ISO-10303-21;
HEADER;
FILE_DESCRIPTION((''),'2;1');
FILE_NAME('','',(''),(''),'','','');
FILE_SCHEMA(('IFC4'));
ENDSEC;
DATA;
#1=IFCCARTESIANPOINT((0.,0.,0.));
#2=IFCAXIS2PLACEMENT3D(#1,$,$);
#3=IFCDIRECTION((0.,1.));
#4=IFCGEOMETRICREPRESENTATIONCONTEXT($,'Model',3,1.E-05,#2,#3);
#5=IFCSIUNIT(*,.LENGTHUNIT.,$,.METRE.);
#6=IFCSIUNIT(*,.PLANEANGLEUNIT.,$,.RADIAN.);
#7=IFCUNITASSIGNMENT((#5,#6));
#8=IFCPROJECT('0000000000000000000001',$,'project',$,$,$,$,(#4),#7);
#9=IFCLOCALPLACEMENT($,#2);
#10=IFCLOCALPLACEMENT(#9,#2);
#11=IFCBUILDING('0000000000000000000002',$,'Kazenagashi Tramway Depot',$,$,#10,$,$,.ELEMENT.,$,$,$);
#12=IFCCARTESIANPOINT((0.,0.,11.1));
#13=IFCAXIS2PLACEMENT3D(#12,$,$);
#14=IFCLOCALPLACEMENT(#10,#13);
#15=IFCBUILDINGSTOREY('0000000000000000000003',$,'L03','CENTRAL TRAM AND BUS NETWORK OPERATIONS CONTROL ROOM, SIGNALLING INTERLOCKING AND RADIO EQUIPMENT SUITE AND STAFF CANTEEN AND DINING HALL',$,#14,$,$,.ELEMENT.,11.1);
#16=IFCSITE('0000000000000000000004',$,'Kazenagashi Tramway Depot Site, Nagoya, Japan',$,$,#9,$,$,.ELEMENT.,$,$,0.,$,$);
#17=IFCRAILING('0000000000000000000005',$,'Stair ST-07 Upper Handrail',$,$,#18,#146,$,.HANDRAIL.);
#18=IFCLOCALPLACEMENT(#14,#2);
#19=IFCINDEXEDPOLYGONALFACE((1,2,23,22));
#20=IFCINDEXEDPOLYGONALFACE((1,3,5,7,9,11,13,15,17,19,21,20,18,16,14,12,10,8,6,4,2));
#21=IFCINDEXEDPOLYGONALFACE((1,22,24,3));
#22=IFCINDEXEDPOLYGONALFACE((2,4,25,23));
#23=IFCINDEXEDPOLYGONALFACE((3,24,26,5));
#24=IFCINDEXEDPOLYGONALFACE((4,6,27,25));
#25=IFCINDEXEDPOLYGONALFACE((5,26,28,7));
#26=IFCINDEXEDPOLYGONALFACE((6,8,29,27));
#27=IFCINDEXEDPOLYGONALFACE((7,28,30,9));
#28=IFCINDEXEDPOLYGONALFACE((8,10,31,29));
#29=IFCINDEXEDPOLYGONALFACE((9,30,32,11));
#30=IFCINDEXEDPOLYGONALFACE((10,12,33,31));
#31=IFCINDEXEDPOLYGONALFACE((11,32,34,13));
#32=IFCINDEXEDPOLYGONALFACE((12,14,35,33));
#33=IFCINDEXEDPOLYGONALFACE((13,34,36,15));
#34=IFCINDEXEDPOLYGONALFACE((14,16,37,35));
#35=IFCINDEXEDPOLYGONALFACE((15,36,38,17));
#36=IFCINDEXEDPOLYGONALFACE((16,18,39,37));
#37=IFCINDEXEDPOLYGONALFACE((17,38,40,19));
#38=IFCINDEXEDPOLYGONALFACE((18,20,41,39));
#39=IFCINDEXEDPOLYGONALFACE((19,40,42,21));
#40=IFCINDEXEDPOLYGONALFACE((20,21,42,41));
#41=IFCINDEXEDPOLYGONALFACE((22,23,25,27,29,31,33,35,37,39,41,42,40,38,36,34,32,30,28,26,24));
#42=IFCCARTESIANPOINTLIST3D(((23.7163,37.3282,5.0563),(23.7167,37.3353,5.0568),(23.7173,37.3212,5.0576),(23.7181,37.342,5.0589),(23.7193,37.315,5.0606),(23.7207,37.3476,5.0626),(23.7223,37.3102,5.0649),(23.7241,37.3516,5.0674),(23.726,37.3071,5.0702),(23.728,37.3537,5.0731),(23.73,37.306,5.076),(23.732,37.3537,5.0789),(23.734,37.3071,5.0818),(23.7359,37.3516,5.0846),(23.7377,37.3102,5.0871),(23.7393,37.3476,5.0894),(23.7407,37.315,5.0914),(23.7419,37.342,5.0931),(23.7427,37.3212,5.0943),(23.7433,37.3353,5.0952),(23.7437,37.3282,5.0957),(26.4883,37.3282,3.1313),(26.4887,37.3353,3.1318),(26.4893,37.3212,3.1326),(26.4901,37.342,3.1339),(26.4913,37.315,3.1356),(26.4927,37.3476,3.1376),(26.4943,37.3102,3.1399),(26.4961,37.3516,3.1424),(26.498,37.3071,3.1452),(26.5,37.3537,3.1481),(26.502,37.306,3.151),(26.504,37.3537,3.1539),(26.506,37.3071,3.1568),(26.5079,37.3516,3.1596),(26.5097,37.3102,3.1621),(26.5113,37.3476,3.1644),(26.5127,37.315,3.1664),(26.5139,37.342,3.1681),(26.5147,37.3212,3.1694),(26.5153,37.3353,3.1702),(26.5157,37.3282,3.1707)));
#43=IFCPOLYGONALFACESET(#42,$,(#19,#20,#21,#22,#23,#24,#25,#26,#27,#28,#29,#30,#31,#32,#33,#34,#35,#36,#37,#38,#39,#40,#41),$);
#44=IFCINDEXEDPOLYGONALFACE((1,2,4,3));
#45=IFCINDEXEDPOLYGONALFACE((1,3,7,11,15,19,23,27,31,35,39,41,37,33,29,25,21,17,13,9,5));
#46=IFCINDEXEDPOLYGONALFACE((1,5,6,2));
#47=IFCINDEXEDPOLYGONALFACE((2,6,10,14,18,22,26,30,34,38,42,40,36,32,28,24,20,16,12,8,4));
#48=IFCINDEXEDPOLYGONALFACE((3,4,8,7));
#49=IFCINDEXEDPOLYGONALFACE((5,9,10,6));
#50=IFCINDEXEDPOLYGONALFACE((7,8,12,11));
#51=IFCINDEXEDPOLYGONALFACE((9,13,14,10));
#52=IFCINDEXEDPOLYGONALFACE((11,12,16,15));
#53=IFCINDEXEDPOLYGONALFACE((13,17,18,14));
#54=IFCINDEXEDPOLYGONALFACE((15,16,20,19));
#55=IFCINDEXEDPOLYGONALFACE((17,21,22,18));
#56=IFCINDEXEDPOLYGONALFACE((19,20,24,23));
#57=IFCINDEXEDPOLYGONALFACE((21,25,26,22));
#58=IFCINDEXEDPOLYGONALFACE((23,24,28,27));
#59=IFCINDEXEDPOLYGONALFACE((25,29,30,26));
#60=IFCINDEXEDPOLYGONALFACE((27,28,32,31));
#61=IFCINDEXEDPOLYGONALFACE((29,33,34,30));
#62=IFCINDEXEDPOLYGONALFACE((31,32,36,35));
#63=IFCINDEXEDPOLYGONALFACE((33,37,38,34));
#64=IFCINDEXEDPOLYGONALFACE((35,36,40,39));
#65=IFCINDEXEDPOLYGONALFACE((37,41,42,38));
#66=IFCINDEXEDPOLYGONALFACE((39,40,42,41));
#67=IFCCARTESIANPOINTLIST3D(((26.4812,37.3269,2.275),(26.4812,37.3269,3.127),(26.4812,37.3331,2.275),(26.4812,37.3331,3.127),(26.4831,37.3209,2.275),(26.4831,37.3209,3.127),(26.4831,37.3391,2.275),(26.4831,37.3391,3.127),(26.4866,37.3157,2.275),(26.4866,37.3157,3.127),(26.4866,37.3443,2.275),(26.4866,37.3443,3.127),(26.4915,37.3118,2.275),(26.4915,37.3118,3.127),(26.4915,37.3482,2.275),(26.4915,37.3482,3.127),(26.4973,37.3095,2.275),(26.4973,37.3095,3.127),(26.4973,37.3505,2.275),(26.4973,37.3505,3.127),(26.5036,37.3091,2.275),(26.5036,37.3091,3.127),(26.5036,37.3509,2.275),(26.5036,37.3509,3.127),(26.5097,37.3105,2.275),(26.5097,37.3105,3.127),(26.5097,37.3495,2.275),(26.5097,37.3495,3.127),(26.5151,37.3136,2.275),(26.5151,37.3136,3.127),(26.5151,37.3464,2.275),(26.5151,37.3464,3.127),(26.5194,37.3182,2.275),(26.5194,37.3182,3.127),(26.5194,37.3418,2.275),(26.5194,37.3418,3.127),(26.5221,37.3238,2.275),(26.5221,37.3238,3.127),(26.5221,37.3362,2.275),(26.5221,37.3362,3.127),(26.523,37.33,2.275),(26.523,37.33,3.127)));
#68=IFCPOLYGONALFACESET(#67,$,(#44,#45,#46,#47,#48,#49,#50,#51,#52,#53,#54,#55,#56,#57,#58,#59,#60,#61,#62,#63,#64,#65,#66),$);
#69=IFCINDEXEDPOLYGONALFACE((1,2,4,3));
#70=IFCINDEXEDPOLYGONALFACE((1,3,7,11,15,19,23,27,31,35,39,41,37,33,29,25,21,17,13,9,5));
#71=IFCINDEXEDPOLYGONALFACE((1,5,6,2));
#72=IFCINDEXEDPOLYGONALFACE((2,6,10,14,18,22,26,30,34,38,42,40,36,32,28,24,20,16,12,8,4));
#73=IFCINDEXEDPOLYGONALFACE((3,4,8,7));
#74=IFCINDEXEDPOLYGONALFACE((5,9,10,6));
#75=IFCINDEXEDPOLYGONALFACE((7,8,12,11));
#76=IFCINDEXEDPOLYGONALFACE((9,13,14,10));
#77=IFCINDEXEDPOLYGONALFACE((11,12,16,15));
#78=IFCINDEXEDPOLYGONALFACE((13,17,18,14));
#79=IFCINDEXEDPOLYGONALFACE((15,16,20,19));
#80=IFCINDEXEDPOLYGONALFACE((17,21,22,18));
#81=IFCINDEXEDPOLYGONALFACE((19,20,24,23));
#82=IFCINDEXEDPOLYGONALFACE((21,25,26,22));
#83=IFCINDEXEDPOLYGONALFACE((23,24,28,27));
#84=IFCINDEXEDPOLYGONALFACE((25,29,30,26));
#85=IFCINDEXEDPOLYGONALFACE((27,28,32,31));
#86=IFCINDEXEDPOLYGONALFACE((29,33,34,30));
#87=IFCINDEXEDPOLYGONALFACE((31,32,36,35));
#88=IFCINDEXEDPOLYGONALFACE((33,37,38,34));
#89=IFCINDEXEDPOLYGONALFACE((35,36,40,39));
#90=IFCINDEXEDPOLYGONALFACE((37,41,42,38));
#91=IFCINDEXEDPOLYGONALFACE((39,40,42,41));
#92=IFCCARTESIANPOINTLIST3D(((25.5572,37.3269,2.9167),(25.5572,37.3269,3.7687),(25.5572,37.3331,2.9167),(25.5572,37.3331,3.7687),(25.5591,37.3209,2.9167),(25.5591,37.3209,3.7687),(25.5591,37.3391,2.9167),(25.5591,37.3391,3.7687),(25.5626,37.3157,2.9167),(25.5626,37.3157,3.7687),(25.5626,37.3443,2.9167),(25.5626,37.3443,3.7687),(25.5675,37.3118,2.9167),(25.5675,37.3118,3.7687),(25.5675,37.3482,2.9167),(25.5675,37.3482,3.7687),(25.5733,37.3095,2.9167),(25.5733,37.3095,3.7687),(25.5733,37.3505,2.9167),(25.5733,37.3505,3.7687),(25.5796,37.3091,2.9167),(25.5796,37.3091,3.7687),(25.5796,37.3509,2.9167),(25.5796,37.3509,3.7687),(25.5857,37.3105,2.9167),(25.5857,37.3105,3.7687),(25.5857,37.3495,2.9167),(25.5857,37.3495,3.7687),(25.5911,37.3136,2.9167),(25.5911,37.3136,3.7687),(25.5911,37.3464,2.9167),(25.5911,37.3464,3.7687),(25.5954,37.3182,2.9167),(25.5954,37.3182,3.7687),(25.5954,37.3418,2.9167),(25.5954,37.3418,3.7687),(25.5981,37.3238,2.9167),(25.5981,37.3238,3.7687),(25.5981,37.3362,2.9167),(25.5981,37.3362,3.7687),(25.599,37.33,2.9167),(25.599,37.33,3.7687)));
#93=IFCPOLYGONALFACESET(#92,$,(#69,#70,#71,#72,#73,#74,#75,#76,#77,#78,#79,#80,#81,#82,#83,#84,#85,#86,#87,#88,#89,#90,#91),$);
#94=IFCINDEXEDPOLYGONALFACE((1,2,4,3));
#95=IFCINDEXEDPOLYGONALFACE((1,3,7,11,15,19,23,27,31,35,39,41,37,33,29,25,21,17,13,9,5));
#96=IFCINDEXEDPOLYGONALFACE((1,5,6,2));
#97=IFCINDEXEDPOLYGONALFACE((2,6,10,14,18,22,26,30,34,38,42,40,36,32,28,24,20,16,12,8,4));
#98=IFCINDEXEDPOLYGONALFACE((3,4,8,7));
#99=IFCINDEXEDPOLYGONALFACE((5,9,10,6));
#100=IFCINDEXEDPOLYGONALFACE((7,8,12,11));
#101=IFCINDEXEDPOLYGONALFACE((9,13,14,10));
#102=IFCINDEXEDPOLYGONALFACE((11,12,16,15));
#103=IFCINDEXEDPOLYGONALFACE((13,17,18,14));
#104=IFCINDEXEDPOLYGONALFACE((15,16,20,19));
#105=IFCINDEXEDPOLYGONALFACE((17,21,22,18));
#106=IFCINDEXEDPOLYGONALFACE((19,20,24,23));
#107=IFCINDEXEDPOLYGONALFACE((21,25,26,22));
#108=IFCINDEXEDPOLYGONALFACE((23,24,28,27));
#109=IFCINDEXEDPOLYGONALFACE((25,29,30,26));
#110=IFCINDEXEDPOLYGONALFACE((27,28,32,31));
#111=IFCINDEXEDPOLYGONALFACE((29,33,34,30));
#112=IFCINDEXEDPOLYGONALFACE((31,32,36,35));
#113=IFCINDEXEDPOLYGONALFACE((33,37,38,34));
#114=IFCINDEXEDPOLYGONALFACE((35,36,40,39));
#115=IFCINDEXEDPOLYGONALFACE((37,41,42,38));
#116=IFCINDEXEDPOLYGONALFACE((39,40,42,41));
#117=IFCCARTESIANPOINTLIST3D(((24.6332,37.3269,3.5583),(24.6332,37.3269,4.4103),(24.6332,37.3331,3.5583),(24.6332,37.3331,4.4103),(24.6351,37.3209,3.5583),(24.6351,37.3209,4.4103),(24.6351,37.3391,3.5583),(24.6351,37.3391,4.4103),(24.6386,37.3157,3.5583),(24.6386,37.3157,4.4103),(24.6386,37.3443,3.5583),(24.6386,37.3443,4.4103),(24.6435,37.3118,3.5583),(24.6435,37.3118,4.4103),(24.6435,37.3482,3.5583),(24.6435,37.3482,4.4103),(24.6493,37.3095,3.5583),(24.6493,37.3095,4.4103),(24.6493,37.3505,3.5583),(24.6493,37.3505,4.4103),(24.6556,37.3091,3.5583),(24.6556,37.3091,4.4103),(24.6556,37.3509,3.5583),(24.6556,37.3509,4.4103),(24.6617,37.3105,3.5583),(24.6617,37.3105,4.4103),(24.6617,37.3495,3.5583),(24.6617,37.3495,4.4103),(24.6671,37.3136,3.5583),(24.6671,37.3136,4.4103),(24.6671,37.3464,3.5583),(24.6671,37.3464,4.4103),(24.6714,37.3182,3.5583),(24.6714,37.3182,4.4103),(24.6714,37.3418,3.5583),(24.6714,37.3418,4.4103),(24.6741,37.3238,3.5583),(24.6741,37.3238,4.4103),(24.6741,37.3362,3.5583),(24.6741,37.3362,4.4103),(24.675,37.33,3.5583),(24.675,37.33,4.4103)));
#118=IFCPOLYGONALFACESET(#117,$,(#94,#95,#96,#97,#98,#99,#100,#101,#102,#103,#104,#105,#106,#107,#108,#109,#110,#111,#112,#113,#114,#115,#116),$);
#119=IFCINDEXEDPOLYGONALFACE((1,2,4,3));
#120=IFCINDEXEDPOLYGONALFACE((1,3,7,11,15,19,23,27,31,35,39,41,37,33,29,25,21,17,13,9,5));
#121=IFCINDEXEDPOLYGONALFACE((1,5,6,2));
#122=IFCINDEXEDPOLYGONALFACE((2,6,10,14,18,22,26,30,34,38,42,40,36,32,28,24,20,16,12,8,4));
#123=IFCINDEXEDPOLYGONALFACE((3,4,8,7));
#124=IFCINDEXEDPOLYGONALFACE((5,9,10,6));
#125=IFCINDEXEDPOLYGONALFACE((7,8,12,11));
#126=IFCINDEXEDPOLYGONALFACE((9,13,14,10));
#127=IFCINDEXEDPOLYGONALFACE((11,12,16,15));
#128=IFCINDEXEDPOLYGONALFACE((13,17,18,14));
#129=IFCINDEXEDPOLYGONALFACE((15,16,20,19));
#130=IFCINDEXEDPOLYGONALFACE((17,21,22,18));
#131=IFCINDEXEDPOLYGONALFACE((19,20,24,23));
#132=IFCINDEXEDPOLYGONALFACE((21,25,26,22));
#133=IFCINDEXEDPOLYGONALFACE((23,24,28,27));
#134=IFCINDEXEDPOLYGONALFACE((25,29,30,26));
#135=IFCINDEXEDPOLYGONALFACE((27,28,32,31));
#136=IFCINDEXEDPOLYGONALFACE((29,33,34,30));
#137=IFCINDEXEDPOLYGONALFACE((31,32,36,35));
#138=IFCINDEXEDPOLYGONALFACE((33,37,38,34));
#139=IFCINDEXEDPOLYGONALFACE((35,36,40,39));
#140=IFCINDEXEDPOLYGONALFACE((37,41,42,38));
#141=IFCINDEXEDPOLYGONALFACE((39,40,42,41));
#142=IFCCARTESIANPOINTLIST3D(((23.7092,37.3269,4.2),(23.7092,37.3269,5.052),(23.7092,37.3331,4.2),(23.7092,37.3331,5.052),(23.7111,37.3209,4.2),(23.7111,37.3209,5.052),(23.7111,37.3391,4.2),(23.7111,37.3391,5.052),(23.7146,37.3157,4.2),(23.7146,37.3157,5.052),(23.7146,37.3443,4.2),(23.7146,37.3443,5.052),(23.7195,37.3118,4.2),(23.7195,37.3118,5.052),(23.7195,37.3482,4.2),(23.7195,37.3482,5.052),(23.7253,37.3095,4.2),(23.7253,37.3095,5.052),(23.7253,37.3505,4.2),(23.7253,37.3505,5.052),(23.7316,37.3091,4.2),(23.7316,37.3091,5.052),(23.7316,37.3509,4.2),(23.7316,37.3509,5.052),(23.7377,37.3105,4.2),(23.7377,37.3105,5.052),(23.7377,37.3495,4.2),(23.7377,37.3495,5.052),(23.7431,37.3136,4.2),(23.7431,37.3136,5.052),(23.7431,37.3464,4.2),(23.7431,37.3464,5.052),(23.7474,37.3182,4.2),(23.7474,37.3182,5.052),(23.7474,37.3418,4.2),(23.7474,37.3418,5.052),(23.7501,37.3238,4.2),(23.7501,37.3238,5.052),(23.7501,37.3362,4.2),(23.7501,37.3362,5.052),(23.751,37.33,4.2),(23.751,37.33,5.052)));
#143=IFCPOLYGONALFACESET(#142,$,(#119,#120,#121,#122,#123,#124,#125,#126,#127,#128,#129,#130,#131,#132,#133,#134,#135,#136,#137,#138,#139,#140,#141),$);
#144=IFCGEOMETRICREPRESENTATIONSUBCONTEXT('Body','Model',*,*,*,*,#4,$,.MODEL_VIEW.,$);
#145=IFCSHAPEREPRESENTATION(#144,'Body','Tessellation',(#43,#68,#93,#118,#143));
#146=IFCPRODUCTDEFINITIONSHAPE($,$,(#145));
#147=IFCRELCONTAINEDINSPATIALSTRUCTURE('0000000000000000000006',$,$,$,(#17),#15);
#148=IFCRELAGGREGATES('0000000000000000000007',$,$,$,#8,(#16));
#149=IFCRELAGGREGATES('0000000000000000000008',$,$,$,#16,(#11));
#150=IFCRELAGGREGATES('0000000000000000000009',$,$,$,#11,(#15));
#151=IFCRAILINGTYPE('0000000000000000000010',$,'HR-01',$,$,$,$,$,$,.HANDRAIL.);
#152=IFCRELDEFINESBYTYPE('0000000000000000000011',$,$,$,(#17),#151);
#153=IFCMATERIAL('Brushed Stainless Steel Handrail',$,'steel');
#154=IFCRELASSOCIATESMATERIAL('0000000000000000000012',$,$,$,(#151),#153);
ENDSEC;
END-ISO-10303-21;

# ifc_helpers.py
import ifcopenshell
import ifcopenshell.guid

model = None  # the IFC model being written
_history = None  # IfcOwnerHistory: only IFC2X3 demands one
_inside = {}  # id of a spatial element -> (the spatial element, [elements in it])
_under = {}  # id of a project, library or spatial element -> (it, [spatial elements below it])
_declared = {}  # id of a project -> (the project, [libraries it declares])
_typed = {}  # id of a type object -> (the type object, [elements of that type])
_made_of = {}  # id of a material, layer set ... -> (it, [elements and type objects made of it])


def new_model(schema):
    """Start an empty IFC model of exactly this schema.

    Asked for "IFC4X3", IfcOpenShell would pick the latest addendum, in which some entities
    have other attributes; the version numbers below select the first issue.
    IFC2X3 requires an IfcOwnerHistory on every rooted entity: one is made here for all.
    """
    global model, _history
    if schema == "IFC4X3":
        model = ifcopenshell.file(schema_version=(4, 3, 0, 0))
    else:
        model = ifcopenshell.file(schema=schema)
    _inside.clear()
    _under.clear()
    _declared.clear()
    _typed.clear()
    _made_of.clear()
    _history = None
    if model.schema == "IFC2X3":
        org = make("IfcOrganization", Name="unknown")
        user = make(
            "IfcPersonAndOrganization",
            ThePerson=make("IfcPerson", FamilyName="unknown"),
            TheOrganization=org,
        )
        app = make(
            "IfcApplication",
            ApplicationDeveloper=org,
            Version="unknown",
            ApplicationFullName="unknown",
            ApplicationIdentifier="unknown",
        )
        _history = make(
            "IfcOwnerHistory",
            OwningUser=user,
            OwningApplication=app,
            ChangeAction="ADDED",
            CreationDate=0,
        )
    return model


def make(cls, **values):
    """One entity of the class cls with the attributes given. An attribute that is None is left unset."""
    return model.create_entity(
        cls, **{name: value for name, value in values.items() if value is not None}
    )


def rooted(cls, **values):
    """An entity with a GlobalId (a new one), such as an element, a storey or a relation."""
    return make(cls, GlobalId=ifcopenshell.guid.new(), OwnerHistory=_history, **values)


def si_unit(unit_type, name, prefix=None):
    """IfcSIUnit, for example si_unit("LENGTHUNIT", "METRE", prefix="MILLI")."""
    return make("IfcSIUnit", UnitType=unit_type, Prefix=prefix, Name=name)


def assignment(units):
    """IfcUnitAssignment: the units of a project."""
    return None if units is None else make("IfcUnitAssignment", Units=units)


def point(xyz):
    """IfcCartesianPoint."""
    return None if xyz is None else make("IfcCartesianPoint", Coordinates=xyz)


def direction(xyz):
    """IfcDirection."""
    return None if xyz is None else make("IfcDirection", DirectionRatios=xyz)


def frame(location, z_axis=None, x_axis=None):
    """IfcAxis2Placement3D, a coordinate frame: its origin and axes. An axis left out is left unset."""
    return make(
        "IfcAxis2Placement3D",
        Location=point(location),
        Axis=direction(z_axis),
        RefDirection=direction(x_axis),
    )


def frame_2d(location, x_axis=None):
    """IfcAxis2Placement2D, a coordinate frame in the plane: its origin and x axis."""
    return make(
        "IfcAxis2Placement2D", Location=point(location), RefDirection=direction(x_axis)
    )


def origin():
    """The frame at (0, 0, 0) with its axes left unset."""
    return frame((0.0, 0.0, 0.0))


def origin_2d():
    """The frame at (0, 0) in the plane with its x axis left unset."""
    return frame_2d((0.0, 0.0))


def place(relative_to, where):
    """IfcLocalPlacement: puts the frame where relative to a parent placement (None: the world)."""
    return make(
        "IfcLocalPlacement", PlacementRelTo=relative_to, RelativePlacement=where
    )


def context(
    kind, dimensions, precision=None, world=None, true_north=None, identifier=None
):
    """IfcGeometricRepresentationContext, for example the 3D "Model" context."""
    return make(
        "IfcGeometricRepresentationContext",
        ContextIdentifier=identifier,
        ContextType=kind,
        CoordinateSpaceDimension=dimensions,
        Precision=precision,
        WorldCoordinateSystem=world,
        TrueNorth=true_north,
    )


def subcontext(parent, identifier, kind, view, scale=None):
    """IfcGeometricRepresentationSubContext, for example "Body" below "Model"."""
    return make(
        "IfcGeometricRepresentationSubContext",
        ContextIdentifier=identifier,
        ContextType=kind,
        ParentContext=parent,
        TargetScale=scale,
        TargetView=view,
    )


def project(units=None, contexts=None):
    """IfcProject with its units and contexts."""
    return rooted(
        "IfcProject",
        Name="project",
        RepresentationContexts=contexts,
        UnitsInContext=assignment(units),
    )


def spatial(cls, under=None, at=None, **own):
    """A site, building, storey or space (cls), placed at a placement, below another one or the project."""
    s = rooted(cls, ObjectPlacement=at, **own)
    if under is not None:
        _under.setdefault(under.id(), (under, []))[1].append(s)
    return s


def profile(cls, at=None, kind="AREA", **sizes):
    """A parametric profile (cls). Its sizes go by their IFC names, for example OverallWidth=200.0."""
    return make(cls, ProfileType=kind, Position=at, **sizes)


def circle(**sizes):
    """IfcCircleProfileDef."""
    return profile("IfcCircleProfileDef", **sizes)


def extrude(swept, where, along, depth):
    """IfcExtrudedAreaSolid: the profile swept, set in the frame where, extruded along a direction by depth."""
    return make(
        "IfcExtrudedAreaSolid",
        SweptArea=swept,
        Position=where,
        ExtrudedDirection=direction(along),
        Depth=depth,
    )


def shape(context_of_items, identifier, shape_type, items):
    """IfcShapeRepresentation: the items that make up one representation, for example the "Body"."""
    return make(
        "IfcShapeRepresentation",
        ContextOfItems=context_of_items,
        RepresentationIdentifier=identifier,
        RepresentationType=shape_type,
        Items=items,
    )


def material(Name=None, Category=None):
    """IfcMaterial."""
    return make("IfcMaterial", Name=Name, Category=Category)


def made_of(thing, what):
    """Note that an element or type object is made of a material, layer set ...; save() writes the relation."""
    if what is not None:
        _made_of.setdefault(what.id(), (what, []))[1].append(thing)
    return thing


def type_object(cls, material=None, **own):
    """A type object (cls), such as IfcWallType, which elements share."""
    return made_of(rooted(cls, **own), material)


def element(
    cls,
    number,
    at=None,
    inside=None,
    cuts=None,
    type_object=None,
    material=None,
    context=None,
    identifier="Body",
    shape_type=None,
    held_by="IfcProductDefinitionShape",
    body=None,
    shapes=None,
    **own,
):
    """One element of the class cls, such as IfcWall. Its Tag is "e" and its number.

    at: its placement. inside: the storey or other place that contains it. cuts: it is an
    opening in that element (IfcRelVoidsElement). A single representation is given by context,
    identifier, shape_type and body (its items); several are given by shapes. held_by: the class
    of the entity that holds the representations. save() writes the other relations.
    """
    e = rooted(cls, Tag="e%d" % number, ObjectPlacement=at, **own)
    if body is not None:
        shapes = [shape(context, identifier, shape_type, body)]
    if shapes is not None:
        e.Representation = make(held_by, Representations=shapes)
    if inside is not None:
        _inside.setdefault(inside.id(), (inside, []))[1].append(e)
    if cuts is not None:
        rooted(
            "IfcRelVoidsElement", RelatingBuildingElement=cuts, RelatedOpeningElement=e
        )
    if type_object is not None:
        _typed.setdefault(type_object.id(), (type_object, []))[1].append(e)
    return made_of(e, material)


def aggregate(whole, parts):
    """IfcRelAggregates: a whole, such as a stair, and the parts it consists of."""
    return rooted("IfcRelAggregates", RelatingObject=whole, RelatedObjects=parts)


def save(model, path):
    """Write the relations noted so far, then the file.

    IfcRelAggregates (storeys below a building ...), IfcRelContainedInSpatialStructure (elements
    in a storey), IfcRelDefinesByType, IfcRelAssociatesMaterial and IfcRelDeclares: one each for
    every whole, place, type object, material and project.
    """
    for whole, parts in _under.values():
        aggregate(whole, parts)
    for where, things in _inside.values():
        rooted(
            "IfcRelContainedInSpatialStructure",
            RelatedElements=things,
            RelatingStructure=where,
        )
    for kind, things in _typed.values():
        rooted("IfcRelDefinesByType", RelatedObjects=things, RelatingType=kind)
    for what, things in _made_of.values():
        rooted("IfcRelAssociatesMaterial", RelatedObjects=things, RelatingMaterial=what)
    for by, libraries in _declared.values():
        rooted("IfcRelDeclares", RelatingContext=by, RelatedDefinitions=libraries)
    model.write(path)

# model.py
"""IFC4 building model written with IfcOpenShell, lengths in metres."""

from ifc_helpers import new_model, si_unit, direction, frame, origin, origin_2d, place, context, subcontext, project, spatial, circle, extrude, material, type_object, element, save


model = new_model("IFC4")

# Units and contexts
model_context = context("Model", 3, precision=1e-05, world=origin(), true_north=direction((0.0, 1.0)))
body_context = subcontext(model_context, "Body", "Model", "MODEL_VIEW")
ifc_project = project(units=[si_unit("LENGTHUNIT", "METRE"), si_unit("PLANEANGLEUNIT", "RADIAN")], contexts=[model_context])

# Site, building, storey
site_placement = place(None, origin())
site = spatial("IfcSite", under=ifc_project, at=site_placement, Name="Kazenagashi Tramway Depot Site, Nagoya, Japan", CompositionType="ELEMENT", RefElevation=0.0)
building_placement = place(site_placement, origin())
building = spatial("IfcBuilding", under=site, at=building_placement, Name="Kazenagashi Tramway Depot", CompositionType="ELEMENT")
storey_placement = place(building_placement, frame((0.0, 0.0, 11.1)))
storey = spatial("IfcBuildingStorey", under=building, at=storey_placement, Name="L03", Description="CENTRAL TRAM AND BUS NETWORK OPERATIONS CONTROL ROOM, SIGNALLING INTERLOCKING AND RADIO EQUIPMENT SUITE AND STAFF CANTEEN AND DINING HALL", CompositionType="ELEMENT", Elevation=11.1)

# Railing
ifc_material_1 = material(Name="Brushed Stainless Steel Handrail", Category="steel")
railing_type_1 = type_object("IfcRailingType", Name="HR-01", PredefinedType="HANDRAIL", material=ifc_material_1)
railing_1_placement = place(storey_placement, frame((26.502, 37.33, 2.275)))
element("IfcRailing", 1, at=railing_1_placement, inside=storey, type_object=railing_type_1, Name="Stair ST-07 Upper Handrail", PredefinedType="HANDRAIL", context=body_context, shape_type="SweptSolid", body=[
    extrude(circle(Radius=0.024, at=origin_2d()), frame((0.0, 0.0, 0.876), z_axis=(-0.82137, 0.0, 0.570396), x_axis=(0.0, -1.0, 0.0)), (0.0, 0.0, 1.0), 3.3748),
    extrude(circle(Radius=0.021, at=origin_2d()), origin(), (0.0, 0.0, 1.0), 0.852),
    extrude(circle(Radius=0.021, at=origin_2d()), frame((-0.924, 0.0, 0.6417)), (0.0, 0.0, 1.0), 0.852),
    extrude(circle(Radius=0.021, at=origin_2d()), frame((-1.848, 0.0, 1.2833)), (0.0, 0.0, 1.0), 0.852),
    extrude(circle(Radius=0.021, at=origin_2d()), frame((-2.772, 0.0, 1.925)), (0.0, 0.0, 1.0), 0.852),
])

save(model, "model.ifc")
